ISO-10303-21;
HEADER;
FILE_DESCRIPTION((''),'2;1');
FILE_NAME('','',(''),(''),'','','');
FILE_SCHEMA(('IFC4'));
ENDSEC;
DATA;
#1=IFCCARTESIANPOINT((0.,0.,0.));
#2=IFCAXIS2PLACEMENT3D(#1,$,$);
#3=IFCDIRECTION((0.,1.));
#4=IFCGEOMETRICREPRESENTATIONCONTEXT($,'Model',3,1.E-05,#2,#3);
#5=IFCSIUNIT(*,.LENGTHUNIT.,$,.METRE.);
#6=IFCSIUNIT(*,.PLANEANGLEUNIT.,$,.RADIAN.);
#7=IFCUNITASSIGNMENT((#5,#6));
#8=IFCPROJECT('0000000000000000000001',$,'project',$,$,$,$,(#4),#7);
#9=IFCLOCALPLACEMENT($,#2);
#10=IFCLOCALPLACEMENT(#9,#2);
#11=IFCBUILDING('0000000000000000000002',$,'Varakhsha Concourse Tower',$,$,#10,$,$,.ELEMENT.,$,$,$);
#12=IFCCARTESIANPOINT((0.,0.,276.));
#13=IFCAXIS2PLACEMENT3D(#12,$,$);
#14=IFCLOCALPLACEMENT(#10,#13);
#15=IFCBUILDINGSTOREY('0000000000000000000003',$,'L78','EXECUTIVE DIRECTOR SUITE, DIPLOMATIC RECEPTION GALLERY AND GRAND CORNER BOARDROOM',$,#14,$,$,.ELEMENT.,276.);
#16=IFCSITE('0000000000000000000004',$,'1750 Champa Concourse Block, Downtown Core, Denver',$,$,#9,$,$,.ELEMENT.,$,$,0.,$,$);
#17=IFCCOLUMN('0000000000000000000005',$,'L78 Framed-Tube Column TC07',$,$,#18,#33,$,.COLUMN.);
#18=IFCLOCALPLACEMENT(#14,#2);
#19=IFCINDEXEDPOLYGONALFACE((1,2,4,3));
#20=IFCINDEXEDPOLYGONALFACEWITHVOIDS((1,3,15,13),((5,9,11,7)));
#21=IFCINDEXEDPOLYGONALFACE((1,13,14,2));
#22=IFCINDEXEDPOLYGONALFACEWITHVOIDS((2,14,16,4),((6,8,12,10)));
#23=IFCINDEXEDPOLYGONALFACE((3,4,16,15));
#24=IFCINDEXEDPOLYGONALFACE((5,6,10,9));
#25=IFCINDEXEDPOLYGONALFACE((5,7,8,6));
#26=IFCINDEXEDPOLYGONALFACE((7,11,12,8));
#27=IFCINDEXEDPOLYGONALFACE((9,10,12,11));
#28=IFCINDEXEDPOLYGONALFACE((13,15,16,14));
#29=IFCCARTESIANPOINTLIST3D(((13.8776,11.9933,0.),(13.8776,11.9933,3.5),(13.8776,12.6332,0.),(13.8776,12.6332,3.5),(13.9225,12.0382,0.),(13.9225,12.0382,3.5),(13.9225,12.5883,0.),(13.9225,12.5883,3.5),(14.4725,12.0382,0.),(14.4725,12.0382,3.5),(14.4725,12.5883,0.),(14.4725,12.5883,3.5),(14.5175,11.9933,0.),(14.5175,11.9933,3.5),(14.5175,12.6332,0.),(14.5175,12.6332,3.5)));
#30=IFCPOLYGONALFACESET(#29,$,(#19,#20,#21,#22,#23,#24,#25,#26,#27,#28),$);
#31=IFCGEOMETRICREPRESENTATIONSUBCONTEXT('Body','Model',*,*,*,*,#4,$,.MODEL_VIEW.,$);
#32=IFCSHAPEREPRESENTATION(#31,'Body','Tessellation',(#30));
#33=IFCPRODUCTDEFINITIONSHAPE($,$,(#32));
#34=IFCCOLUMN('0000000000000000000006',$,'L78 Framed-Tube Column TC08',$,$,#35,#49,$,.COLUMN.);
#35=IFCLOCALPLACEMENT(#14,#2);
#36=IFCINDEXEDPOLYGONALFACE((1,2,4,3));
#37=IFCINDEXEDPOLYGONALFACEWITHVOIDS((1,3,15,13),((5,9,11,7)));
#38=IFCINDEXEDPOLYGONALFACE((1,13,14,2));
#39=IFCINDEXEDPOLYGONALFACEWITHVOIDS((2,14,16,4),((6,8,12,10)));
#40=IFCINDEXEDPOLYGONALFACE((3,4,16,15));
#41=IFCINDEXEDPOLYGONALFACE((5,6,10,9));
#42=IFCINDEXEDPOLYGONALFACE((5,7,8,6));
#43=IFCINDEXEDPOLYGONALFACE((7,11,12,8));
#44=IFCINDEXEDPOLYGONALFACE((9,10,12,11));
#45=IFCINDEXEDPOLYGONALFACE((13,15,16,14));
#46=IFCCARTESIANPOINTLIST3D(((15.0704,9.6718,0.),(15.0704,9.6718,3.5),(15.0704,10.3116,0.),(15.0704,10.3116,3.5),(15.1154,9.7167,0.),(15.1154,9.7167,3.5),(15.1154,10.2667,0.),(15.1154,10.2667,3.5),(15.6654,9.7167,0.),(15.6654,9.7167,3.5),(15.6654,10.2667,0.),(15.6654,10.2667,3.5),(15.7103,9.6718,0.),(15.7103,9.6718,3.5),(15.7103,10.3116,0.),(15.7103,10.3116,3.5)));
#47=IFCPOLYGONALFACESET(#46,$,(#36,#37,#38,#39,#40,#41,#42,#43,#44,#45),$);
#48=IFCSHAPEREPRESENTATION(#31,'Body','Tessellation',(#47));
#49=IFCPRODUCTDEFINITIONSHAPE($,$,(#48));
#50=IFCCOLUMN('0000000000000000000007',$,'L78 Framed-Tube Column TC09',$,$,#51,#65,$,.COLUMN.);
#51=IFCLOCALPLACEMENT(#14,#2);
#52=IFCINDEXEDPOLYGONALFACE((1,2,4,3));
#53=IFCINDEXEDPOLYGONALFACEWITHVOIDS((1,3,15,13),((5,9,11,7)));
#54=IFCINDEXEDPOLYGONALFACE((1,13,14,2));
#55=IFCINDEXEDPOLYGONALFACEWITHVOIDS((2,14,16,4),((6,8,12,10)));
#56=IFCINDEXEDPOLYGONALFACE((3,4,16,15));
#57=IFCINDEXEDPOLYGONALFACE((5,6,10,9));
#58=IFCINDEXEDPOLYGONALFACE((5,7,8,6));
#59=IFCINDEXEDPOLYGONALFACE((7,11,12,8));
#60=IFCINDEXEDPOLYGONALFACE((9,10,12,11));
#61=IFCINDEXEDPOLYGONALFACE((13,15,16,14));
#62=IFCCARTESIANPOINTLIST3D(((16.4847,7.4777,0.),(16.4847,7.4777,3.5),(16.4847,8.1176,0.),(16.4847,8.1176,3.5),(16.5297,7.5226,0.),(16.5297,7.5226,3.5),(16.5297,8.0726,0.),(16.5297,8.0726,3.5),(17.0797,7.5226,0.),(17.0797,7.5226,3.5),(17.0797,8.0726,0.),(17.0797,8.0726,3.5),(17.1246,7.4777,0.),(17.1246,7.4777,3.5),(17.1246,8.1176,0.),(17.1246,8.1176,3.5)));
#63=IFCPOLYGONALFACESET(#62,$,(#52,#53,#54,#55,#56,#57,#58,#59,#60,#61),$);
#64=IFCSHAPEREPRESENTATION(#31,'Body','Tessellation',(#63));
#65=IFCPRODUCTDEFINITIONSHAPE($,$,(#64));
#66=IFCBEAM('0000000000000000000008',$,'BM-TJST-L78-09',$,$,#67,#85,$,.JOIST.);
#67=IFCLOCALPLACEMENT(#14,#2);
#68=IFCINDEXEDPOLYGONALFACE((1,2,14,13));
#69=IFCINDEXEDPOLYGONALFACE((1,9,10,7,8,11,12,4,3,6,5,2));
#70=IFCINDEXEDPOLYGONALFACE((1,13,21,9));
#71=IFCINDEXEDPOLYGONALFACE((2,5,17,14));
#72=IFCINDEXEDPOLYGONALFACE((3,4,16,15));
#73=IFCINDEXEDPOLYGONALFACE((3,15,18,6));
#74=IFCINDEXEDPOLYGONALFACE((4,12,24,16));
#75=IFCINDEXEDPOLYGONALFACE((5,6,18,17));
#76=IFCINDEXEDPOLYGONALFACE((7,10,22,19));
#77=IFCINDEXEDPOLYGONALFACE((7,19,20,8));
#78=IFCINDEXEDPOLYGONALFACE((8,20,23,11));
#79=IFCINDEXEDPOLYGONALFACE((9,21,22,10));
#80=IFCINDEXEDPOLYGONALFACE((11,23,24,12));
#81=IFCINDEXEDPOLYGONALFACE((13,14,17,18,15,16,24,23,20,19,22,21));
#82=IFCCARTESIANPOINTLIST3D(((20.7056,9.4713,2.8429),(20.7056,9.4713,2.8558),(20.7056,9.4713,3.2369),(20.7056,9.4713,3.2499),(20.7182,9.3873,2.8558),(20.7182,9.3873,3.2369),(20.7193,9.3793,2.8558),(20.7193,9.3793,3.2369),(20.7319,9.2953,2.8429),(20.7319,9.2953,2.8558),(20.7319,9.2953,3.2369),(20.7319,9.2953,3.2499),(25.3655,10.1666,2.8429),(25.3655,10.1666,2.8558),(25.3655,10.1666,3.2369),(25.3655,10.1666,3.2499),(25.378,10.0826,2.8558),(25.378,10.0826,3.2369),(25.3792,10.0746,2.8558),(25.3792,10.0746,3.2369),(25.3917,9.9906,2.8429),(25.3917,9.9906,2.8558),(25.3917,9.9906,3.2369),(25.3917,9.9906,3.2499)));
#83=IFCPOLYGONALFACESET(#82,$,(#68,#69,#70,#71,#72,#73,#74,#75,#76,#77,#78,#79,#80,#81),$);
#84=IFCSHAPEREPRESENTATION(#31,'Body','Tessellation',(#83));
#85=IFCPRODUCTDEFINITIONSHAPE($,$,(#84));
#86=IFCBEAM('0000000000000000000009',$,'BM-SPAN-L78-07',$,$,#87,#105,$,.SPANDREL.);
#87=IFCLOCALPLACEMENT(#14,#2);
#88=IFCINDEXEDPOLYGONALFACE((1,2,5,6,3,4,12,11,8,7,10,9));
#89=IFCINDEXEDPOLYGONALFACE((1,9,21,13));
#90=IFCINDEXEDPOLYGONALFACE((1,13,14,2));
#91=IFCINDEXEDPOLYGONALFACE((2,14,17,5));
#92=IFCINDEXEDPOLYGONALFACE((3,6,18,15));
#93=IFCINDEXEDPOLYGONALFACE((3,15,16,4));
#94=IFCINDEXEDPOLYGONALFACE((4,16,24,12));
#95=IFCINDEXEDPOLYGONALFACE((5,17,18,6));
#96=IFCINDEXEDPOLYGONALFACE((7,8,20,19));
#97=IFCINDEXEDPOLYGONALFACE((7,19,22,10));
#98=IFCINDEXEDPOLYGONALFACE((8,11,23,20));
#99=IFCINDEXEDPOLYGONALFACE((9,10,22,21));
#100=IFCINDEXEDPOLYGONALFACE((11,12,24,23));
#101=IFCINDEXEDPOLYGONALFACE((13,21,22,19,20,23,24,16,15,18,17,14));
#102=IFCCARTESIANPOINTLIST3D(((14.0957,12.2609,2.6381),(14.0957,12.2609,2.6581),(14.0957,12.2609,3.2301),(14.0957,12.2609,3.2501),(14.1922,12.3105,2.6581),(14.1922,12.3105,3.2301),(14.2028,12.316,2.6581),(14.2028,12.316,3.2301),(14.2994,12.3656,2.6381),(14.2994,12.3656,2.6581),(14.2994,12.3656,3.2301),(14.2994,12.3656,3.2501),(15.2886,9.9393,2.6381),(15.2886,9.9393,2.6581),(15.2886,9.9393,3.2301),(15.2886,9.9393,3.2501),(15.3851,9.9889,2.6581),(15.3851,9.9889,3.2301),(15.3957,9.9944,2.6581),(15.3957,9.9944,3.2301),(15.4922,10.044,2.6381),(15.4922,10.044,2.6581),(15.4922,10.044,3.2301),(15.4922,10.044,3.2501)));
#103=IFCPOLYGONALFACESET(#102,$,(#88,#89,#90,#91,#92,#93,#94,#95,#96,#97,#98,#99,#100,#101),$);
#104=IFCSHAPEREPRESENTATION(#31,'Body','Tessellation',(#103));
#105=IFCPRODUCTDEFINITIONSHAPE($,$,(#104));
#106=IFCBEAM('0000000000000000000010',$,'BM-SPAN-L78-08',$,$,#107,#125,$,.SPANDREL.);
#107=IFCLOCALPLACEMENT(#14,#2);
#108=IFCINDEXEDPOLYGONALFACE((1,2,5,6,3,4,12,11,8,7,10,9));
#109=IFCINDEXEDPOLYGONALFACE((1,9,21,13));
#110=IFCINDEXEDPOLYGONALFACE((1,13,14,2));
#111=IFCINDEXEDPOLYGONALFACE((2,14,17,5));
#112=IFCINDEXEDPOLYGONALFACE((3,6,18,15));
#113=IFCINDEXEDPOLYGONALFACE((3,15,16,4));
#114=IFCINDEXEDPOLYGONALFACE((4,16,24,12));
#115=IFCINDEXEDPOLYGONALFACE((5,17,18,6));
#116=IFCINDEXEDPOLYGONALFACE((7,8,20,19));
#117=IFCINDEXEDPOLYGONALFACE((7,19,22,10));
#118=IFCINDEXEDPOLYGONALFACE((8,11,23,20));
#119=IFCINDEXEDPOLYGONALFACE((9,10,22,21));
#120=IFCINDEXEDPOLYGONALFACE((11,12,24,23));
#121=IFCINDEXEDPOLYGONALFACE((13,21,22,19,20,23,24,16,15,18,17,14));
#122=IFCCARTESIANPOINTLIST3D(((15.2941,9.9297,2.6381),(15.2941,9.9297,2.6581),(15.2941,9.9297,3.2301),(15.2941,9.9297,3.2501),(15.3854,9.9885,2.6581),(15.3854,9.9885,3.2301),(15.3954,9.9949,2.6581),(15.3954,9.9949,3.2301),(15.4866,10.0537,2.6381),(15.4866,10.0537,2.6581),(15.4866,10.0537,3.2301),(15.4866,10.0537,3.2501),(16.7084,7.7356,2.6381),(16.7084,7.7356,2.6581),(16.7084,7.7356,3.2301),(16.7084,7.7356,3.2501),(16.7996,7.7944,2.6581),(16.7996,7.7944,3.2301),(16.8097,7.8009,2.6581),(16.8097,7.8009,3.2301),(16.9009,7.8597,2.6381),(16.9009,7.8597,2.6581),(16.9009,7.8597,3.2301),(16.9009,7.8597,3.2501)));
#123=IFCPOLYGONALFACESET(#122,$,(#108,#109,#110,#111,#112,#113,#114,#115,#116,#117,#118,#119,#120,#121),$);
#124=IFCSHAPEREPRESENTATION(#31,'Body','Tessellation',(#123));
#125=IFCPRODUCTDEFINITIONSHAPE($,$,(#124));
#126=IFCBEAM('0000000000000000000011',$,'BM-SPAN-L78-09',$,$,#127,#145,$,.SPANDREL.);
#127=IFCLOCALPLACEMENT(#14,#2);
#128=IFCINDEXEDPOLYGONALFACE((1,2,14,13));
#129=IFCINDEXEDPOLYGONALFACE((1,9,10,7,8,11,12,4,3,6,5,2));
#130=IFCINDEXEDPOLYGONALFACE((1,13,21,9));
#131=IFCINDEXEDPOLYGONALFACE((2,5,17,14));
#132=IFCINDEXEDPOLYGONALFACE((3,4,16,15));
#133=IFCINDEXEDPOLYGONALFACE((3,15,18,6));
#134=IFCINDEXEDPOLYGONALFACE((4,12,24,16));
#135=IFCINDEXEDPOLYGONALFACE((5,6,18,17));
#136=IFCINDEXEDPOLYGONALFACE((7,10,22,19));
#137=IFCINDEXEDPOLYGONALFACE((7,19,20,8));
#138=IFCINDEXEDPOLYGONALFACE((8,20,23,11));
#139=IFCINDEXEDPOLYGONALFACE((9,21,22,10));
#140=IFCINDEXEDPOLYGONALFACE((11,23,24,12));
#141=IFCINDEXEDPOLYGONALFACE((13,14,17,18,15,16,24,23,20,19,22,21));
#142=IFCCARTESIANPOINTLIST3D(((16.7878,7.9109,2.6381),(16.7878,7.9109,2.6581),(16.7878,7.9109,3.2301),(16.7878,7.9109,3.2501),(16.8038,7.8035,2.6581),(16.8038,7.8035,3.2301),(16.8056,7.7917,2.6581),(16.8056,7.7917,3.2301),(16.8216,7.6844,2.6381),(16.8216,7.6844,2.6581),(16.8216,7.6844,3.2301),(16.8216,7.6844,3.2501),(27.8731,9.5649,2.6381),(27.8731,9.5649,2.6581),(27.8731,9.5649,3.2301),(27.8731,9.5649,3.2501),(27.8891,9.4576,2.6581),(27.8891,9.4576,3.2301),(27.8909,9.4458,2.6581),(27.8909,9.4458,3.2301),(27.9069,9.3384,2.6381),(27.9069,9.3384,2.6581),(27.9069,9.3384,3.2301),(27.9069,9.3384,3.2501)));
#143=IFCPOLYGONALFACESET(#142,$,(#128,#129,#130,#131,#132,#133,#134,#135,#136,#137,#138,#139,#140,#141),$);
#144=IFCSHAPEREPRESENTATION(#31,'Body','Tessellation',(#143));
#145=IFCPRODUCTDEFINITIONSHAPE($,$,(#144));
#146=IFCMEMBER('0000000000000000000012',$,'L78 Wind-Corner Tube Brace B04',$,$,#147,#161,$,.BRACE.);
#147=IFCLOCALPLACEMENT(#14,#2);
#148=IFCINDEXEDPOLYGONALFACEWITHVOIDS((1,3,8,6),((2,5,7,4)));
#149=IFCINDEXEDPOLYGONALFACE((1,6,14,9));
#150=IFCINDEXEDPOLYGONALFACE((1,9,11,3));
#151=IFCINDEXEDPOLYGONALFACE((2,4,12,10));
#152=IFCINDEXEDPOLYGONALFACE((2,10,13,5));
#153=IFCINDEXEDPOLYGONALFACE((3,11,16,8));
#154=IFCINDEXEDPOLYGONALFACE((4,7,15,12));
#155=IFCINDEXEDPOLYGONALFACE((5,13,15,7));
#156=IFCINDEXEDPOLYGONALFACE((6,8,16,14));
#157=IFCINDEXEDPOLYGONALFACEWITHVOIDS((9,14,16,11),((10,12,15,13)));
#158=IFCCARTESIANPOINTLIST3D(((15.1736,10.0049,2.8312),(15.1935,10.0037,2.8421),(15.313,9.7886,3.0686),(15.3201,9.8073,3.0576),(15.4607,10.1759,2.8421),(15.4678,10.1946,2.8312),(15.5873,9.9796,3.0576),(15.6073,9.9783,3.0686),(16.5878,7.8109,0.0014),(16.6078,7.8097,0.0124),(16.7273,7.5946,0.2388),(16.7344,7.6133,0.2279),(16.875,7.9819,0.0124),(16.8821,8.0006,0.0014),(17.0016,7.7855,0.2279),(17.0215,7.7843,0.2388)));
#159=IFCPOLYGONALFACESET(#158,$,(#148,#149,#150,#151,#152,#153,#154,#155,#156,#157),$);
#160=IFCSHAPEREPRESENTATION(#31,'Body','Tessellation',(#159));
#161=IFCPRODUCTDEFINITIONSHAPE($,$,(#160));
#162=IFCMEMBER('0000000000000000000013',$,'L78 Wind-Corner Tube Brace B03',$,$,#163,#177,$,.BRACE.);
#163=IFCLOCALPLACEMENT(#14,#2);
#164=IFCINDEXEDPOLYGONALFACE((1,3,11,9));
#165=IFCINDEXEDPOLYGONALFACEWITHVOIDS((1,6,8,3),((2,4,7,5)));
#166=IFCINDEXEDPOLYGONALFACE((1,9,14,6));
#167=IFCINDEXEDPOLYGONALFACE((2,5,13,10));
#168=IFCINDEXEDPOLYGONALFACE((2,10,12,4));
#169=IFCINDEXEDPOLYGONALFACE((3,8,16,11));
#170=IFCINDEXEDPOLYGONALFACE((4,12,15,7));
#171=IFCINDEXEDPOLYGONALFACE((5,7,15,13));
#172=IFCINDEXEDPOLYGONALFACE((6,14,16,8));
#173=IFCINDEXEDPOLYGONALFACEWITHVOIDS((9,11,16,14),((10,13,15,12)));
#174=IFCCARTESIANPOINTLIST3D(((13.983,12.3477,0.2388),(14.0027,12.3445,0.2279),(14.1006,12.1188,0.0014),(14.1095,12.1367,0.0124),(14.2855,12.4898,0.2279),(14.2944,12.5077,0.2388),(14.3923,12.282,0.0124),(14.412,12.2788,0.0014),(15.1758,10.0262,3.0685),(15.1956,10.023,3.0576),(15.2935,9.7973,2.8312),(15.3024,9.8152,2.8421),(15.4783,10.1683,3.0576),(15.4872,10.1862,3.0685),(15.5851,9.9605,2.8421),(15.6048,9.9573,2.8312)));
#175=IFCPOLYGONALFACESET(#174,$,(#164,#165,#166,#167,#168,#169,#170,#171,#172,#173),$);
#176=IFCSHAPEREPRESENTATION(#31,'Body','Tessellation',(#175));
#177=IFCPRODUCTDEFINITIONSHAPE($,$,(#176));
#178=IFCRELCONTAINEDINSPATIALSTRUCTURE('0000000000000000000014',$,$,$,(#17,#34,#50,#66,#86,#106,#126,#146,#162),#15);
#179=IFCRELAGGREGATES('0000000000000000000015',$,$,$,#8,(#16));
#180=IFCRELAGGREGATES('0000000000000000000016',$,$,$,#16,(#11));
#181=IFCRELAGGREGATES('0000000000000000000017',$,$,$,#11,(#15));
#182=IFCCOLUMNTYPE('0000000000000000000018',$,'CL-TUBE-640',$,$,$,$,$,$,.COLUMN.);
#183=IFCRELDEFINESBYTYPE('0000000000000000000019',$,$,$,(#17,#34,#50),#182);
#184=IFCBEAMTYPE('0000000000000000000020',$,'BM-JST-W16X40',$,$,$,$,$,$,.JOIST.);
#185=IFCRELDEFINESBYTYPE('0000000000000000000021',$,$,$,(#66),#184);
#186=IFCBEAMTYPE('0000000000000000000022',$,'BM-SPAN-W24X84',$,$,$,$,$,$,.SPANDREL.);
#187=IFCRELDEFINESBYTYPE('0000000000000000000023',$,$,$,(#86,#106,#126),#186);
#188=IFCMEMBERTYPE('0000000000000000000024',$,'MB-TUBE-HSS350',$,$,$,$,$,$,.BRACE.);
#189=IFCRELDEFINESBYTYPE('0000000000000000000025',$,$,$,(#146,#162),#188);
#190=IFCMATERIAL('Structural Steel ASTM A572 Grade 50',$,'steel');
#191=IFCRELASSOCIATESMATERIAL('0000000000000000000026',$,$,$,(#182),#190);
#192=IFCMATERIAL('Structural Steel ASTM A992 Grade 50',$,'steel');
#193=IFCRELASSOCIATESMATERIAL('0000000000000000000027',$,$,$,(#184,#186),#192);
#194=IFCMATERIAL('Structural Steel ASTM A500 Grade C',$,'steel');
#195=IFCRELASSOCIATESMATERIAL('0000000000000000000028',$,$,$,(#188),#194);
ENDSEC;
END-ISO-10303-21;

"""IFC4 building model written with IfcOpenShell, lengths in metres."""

from ifc_helpers import new_model, si_unit, direction, frame, origin, origin_2d, place, context, subcontext, project, spatial, hollow_rectangle, i_section, extrude, source, transform, mapped, material, material_profile, profile_set, type_object, type_shapes, element, save


model = new_model("IFC4")

# Units and contexts
model_context = context("Model", 3, precision=1e-05, world=origin(), true_north=direction((0.0, 1.0)))
body_context = subcontext(model_context, "Body", "Model", "MODEL_VIEW")
ifc_project = project(units=[si_unit("LENGTHUNIT", "METRE"), si_unit("PLANEANGLEUNIT", "RADIAN")], contexts=[model_context])

# Site, building, storey
site_placement = place(None, origin())
site = spatial("IfcSite", under=ifc_project, at=site_placement, Name="1750 Champa Concourse Block, Downtown Core, Denver", CompositionType="ELEMENT", RefElevation=0.0)
building_placement = place(site_placement, origin())
building = spatial("IfcBuilding", under=site, at=building_placement, Name="Varakhsha Concourse Tower", CompositionType="ELEMENT")
storey_placement = place(building_placement, frame((0.0, 0.0, 276.0)))
storey = spatial("IfcBuildingStorey", under=building, at=storey_placement, Name="L78", Description="EXECUTIVE DIRECTOR SUITE, DIPLOMATIC RECEPTION GALLERY AND GRAND CORNER BOARDROOM", CompositionType="ELEMENT", Elevation=276.0)

# Columns
ifc_material_1 = material(Name="Structural Steel ASTM A572 Grade 50", Category="steel")
ifc_material_profile_1 = material_profile(ifc_material_1, hollow_rectangle(XDim=0.6399, YDim=0.6399, WallThickness=0.0449, at=origin_2d()), Name="BOX 640x640x45")
ifc_profile_set_1 = profile_set([ifc_material_profile_1], Name="Structural Steel ASTM A572 Grade 50")
column_type = type_object("IfcColumnType", Name="CL-TUBE-640", PredefinedType="COLUMN", material=ifc_profile_set_1)
for number, where, z_axis, x_axis, name in (
    (1, (14.1975, 12.3132, 0.0), (0.0, 0.0, 1.0), (1.0, 0.0, 0.0), "L78 Framed-Tube Column TC07"),
    (2, (15.3904, 9.9917, 0.0), (0.0, 0.0, 1.0), (1.0, 0.0, 0.0), "L78 Framed-Tube Column TC08"),
    (3, (16.8047, 7.7976, 0.0), (0.0, 0.0, 1.0), (1.0, 0.0, 0.0), "L78 Framed-Tube Column TC09"),
):
    element("IfcColumn", number, at=place(storey_placement, frame(where, z_axis=z_axis, x_axis=x_axis)), inside=storey, type_object=column_type, Name=name, PredefinedType="COLUMN", context=body_context, shape_type="SweptSolid", body=[
        extrude(hollow_rectangle(XDim=0.6399, YDim=0.6399, WallThickness=0.0449, at=origin_2d()), origin(), (0.0, 0.0, 1.0), 3.5),
    ])

# Beams
ifc_material_2 = material(Name="Structural Steel ASTM A992 Grade 50", Category="steel")
ifc_material_profile_2 = material_profile(ifc_material_2, i_section(OverallWidth=0.178, OverallDepth=0.407, WebThickness=0.0081, FlangeThickness=0.0129, at=origin_2d()), Name="W16X40")
ifc_profile_set_2 = profile_set([ifc_material_profile_2], Name="Structural Steel ASTM A992 Grade 50")
beam_type_1 = type_object("IfcBeamType", Name="BM-JST-W16X40", PredefinedType="JOIST", material=ifc_profile_set_2)
beam_1_placement = place(storey_placement, frame((20.7188, 9.3833, 3.0464), z_axis=(0.98905, 0.147578, 0.0), x_axis=(-0.147578, 0.98905, 0.0)))
element("IfcBeam", 4, at=beam_1_placement, inside=storey, type_object=beam_type_1, Name="BM-TJST-L78-09", PredefinedType="JOIST", context=body_context, shape_type="SweptSolid", body=[
    extrude(i_section(OverallWidth=0.178, OverallDepth=0.407, WebThickness=0.0081, FlangeThickness=0.0129, at=origin_2d()), origin(), (0.0, 0.0, 1.0), 4.7114),
])
ifc_material_profile_3 = material_profile(ifc_material_2, i_section(OverallWidth=0.229, OverallDepth=0.6121, WebThickness=0.012, FlangeThickness=0.02, at=origin_2d()), Name="W24X84")
ifc_profile_set_3 = profile_set([ifc_material_profile_3], Name="Structural Steel ASTM A992 Grade 50")
beam_type_2 = type_object("IfcBeamType", Name="BM-SPAN-W24X84", PredefinedType="SPANDREL", material=ifc_profile_set_3)
beam_2_placement = place(storey_placement, frame((14.1975, 12.3132, 2.9441), z_axis=(0.457027, -0.889453, 0.0), x_axis=(0.889453, 0.457027, 0.0)))
element("IfcBeam", 5, at=beam_2_placement, inside=storey, type_object=beam_type_2, Name="BM-SPAN-L78-07", PredefinedType="SPANDREL", context=body_context, shape_type="SweptSolid", body=[
    extrude(i_section(OverallWidth=0.229, OverallDepth=0.6121, WebThickness=0.012, FlangeThickness=0.02, at=origin_2d()), origin(), (0.0, 0.0, 1.0), 2.6101),
])
beam_3_placement = place(storey_placement, frame((15.3904, 9.9917, 2.9441), z_axis=(0.541792, -0.840512, 0.0), x_axis=(0.840512, 0.541792, 0.0)))
element("IfcBeam", 6, at=beam_3_placement, inside=storey, type_object=beam_type_2, Name="BM-SPAN-L78-08", PredefinedType="SPANDREL", context=body_context, shape_type="SweptSolid", body=[
    extrude(i_section(OverallWidth=0.229, OverallDepth=0.6121, WebThickness=0.012, FlangeThickness=0.02, at=origin_2d()), origin(), (0.0, 0.0, 1.0), 2.6104),
])
beam_4_placement = place(storey_placement, frame((16.8047, 7.7976, 2.9441), z_axis=(0.98905, 0.147579, 0.0), x_axis=(-0.147579, 0.98905, 0.0)))
element("IfcBeam", 7, at=beam_4_placement, inside=storey, type_object=beam_type_2, Name="BM-SPAN-L78-09", PredefinedType="SPANDREL", context=body_context, shape_type="SweptSolid", body=[
    extrude(i_section(OverallWidth=0.229, OverallDepth=0.6121, WebThickness=0.012, FlangeThickness=0.02, at=origin_2d()), origin(), (0.0, 0.0, 1.0), 11.208),
])

# Members
ifc_material_3 = material(Name="Structural Steel ASTM A500 Grade C", Category="steel")
ifc_material_profile_4 = material_profile(ifc_material_3, hollow_rectangle(XDim=0.3501, YDim=0.3501, WallThickness=0.0161, at=origin_2d()), Name="HSS 350x350x16")
ifc_profile_set_4 = profile_set([ifc_material_profile_4], Name="Structural Steel ASTM A500 Grade C")
member_type_1 = type_object("IfcMemberType", Name="MB-TUBE-HSS350", PredefinedType="BRACE", material=ifc_profile_set_4)
shared_shape_1 = source(origin(), body_context, "Body", "SweptSolid", [
    extrude(hollow_rectangle(XDim=0.3501, YDim=0.3501, WallThickness=0.0161, at=origin_2d()), origin(), (0.0, 0.0, 1.0), 3.8499),
])
member_1_placement = place(storey_placement, frame((16.8047, 7.7976, 0.1201), z_axis=(-0.367355, 0.569899, 0.735028), x_axis=(-0.840512, -0.541792, 0.0)))
element("IfcMember", 8, at=member_1_placement, inside=storey, type_object=member_type_1, Name="L78 Wind-Corner Tube Brace B04", PredefinedType="BRACE", context=body_context, shape_type="MappedRepresentation", body=[
    mapped(shared_shape_1, transform((0.0, 0.0, 0.0), scale=1.0)),
])
shared_shape_2 = source(origin(), body_context, "Body", "SweptSolid", [
    extrude(hollow_rectangle(XDim=0.3501, YDim=0.3501, WallThickness=0.0161, at=origin_2d()), origin(), (0.0, 0.0, 1.0), 3.8496),
])
type_shapes(member_type_1, [shared_shape_1, shared_shape_2])
member_2_placement = place(storey_placement, frame((14.1975, 12.3132, 0.1201), z_axis=(0.309858, -0.603038, 0.735073), x_axis=(0.889453, 0.457027, 0.0)))
element("IfcMember", 9, at=member_2_placement, inside=storey, type_object=member_type_1, Name="L78 Wind-Corner Tube Brace B03", PredefinedType="BRACE", context=body_context, shape_type="MappedRepresentation", body=[
    mapped(shared_shape_2, transform((0.0, 0.0, 0.0), scale=1.0)),
])

save(model, "model.ifc")
